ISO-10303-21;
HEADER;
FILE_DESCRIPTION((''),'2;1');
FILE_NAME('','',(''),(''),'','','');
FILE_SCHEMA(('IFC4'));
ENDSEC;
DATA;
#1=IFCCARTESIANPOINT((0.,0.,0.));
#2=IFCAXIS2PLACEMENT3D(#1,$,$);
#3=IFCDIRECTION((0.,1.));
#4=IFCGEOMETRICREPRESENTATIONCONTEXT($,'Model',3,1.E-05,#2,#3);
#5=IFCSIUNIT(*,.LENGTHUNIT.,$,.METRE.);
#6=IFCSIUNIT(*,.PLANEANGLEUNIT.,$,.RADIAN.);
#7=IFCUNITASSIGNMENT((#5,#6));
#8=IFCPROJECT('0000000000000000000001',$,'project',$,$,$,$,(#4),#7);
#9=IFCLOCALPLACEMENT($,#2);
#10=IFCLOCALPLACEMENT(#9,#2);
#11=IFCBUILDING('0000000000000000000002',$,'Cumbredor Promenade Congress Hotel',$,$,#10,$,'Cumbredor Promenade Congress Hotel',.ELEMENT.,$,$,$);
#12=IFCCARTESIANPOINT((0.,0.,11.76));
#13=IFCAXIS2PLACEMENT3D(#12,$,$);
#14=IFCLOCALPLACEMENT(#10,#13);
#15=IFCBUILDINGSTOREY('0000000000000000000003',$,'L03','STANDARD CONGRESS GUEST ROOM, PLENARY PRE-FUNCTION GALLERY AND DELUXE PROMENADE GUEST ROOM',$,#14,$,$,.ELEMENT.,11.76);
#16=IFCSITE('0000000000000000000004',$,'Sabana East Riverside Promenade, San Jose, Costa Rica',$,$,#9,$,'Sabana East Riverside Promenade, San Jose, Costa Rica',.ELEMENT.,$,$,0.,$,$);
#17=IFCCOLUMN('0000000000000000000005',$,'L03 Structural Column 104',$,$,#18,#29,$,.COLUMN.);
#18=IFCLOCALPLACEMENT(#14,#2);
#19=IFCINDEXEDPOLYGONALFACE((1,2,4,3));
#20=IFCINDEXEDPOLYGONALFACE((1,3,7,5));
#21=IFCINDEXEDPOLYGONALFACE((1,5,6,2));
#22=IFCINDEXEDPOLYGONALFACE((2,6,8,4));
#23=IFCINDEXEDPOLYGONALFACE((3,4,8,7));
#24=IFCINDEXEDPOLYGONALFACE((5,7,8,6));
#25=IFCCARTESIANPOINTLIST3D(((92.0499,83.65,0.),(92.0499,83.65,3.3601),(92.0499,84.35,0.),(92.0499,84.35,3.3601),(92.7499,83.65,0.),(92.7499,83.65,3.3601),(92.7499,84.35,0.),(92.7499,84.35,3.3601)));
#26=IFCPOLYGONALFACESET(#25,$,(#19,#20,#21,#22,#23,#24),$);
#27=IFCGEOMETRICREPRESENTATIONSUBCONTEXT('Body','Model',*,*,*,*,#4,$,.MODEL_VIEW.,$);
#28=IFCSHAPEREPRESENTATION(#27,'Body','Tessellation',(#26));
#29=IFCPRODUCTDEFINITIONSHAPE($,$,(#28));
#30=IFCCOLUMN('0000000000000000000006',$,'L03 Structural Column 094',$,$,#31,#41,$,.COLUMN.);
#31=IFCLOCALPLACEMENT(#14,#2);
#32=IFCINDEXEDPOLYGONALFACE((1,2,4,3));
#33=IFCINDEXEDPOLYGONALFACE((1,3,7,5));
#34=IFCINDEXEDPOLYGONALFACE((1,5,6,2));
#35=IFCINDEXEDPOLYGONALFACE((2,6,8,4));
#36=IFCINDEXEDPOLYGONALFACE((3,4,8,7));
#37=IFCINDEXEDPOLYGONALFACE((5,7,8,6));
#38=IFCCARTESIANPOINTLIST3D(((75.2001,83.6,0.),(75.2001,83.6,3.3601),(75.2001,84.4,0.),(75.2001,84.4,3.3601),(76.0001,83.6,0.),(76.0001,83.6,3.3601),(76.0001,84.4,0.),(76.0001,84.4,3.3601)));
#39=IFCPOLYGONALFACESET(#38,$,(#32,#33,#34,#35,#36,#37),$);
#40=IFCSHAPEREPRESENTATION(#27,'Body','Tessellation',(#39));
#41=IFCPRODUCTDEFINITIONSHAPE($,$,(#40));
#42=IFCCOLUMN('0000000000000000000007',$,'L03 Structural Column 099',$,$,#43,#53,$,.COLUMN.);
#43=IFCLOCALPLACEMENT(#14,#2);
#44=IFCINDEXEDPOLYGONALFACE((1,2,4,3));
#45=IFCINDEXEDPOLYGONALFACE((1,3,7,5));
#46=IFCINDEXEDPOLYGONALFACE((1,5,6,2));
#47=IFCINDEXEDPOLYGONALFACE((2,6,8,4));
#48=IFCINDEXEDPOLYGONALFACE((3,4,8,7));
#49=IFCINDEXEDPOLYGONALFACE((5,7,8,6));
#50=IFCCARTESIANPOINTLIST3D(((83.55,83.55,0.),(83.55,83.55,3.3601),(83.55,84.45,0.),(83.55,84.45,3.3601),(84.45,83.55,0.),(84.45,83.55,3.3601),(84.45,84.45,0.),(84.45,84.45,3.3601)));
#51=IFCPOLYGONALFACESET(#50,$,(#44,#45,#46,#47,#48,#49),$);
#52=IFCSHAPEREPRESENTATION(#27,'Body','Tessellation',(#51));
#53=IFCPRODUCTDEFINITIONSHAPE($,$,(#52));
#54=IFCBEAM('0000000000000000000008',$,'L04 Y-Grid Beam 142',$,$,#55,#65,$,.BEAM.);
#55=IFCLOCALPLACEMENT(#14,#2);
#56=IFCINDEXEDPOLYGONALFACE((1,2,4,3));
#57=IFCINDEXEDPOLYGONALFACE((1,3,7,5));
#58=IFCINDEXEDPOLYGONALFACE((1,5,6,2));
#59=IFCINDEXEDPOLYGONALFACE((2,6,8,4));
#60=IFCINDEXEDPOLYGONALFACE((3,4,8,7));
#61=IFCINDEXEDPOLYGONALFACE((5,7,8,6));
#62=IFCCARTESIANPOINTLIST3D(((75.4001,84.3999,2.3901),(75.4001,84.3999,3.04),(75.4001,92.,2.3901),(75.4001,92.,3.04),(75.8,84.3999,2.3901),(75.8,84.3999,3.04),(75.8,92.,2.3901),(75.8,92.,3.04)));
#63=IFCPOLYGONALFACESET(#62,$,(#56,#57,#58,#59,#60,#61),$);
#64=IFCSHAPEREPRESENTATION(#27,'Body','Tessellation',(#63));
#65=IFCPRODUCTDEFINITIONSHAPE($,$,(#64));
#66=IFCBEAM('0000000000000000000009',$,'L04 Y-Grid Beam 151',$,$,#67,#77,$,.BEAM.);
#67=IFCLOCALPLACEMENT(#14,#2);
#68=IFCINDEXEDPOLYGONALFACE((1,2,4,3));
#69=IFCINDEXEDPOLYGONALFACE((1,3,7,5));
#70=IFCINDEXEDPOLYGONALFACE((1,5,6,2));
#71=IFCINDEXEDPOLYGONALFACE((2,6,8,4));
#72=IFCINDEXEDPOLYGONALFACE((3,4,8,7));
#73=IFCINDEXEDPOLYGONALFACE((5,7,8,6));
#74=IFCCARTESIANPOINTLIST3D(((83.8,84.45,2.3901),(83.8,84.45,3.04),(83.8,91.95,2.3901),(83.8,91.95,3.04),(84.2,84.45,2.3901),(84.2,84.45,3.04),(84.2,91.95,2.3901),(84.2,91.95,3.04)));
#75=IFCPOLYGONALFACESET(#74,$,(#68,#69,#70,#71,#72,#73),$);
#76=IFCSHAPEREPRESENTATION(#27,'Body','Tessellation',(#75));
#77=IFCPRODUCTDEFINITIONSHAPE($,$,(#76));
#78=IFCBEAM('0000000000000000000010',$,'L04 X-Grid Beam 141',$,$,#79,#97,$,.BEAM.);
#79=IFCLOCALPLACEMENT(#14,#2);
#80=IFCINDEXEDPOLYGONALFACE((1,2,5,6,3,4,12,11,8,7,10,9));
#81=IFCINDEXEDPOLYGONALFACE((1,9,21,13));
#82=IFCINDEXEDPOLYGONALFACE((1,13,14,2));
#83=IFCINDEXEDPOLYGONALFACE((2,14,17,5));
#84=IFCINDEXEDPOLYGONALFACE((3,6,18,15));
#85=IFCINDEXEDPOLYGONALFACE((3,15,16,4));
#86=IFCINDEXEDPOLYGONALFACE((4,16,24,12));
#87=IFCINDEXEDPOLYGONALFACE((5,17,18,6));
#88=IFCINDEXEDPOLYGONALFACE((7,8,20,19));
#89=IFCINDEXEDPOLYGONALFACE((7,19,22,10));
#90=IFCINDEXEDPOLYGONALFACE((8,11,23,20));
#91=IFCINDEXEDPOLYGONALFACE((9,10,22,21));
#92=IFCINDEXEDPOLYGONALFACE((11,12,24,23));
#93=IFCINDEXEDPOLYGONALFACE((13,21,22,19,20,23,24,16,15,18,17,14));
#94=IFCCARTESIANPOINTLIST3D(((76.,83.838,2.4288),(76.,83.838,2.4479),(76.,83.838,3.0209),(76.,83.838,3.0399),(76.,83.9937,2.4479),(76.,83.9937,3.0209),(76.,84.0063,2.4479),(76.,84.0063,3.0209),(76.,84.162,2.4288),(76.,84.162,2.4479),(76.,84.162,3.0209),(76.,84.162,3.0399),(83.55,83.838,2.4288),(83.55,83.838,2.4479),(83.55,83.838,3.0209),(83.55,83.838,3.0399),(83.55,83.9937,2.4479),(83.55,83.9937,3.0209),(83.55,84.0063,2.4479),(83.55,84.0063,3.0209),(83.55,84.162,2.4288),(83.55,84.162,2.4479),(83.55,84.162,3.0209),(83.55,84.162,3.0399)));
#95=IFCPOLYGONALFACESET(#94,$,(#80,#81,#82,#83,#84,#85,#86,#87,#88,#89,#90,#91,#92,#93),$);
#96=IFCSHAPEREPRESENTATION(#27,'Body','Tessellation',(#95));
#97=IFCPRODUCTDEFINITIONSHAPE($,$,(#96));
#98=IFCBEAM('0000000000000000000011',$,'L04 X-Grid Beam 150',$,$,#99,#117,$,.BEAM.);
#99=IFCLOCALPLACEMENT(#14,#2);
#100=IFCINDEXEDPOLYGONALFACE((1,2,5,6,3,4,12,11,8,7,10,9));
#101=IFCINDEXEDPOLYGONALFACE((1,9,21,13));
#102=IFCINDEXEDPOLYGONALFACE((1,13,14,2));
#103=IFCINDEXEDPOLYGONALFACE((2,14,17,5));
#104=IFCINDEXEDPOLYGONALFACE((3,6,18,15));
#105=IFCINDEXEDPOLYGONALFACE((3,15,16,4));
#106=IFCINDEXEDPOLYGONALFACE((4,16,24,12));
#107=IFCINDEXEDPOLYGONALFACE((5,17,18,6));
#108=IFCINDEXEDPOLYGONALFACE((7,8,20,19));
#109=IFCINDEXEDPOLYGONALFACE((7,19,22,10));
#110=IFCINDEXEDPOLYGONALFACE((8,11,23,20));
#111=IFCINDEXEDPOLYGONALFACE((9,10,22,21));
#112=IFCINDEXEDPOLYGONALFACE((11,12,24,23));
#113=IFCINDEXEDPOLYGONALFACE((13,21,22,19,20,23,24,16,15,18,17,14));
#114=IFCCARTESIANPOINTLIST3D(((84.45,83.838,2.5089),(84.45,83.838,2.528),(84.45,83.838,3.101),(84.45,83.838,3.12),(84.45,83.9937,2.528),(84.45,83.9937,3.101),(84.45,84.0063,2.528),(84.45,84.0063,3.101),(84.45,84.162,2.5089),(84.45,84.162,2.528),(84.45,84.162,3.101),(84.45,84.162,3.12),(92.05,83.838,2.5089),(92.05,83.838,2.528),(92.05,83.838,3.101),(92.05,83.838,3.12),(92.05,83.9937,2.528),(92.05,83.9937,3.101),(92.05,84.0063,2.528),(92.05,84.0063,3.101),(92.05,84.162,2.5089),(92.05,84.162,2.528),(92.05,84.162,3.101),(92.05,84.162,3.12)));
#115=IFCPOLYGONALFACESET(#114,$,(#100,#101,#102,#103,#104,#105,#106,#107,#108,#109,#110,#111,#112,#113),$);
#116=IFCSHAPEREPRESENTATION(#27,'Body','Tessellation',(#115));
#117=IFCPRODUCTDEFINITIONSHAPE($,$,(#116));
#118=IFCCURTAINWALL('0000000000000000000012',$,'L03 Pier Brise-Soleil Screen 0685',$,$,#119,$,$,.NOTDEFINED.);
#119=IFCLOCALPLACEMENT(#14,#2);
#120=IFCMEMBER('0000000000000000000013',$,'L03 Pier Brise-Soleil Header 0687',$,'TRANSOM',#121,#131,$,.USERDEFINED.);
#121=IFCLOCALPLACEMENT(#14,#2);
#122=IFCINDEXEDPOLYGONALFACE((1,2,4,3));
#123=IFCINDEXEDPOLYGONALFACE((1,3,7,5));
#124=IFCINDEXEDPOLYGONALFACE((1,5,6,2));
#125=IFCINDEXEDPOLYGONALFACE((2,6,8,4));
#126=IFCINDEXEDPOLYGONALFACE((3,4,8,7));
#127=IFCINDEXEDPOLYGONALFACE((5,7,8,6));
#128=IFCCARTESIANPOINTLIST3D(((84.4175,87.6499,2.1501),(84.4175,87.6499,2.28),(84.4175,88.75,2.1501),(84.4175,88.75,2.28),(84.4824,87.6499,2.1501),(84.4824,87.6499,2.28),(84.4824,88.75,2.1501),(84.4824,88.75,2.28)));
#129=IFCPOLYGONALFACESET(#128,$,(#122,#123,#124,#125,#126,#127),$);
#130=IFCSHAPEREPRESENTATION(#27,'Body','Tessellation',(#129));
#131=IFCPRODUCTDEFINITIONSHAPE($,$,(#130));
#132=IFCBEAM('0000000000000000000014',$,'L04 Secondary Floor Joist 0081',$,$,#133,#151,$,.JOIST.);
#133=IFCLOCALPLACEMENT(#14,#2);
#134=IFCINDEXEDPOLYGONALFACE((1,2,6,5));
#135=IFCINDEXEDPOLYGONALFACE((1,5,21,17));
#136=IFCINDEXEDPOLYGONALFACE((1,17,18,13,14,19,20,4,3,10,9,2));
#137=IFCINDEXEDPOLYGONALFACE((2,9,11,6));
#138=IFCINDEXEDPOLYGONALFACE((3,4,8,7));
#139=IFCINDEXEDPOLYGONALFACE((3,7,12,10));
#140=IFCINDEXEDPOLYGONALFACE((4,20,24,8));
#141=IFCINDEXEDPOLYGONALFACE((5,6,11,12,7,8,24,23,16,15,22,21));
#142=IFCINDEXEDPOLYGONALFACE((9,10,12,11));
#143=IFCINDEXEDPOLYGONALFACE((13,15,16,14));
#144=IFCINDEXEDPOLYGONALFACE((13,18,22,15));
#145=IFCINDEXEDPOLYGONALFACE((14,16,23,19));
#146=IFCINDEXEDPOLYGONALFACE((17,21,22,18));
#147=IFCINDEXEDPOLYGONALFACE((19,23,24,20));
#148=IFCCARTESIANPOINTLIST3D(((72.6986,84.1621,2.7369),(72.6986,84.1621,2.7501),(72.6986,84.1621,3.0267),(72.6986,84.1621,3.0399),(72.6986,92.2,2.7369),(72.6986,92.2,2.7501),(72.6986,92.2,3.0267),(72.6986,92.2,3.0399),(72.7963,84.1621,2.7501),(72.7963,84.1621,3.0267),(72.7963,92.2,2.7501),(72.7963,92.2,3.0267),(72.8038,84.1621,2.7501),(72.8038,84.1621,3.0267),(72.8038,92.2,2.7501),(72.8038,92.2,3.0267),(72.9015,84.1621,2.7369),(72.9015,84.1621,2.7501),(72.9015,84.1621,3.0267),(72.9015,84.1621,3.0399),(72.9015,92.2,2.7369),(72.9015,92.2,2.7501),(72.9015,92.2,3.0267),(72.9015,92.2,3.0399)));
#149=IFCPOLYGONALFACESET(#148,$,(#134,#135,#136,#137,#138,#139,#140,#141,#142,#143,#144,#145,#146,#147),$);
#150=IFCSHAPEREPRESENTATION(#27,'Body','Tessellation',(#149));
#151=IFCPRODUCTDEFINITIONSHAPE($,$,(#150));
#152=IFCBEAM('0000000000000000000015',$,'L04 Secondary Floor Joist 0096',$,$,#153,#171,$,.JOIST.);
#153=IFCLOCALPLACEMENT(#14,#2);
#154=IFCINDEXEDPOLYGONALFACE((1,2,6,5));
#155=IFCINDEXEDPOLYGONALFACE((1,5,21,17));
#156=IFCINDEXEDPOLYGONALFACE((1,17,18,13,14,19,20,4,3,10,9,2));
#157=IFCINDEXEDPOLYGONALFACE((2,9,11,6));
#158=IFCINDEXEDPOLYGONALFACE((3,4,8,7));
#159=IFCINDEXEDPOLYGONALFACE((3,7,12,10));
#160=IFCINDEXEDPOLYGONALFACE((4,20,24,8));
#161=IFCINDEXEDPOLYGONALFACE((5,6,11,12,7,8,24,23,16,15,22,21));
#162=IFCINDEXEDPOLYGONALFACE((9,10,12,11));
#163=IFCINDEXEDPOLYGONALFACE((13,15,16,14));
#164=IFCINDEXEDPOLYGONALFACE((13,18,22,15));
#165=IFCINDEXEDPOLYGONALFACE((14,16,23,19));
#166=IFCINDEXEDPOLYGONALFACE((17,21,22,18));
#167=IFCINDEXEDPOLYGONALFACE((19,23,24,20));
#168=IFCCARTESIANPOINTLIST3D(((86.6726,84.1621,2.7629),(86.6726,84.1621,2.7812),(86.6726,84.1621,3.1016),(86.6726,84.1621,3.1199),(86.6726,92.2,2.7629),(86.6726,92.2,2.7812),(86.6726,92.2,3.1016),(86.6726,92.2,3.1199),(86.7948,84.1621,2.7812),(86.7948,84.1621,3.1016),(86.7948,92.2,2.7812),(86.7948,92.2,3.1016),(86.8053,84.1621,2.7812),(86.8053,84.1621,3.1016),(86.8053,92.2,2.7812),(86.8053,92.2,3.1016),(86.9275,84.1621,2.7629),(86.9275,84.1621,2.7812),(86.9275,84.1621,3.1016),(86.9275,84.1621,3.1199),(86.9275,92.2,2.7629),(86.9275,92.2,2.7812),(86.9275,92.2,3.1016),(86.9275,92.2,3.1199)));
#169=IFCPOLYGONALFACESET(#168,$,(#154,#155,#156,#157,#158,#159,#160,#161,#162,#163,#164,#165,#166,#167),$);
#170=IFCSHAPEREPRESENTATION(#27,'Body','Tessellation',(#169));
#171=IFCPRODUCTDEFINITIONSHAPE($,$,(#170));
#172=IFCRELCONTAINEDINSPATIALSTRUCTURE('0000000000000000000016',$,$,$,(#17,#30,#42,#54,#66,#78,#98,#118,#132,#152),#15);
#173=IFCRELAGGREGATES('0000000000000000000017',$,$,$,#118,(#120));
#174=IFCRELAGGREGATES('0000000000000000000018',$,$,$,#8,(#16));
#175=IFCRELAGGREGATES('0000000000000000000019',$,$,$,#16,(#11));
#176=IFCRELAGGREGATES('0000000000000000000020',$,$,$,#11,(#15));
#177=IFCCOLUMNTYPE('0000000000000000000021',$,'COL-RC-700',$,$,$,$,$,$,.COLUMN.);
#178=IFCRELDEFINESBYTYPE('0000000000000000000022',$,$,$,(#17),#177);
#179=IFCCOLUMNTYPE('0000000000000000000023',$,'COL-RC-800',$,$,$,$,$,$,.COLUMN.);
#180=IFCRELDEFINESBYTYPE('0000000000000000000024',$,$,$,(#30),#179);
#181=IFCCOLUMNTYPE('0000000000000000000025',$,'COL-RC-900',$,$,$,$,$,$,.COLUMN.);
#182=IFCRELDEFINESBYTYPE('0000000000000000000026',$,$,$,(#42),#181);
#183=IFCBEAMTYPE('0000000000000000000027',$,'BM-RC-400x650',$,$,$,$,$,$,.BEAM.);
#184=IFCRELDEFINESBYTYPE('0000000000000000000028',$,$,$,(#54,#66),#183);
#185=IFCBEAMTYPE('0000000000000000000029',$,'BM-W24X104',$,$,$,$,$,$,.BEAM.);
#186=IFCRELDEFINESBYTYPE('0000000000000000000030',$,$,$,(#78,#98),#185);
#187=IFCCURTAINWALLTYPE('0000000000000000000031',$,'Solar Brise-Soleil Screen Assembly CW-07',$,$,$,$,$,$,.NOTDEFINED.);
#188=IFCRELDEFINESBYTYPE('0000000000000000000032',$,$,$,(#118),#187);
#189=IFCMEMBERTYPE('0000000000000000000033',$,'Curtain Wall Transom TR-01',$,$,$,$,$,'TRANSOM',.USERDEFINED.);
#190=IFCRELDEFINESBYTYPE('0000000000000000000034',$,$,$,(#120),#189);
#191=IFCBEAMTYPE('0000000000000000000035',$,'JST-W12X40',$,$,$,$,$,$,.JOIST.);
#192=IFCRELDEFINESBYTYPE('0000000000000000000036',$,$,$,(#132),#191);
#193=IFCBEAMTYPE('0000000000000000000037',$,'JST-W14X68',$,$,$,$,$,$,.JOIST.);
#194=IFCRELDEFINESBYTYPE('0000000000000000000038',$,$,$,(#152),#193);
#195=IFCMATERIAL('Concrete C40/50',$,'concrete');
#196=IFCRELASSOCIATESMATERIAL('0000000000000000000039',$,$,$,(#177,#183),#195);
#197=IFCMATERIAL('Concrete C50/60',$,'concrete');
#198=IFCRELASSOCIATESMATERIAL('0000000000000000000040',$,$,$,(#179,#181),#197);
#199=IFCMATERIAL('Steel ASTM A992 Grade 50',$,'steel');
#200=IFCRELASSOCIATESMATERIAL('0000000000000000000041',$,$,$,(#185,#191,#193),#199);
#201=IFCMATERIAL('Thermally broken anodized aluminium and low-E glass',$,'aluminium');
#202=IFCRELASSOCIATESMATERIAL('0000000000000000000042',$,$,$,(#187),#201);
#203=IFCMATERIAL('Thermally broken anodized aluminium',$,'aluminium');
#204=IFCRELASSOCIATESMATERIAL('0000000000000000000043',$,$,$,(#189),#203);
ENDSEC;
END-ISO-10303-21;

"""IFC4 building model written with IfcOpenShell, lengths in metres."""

from ifc_helpers import new_model, si_unit, direction, frame, origin, origin_2d, place, context, subcontext, project, spatial, rectangle, i_section, extrude, material, material_profile, profile_set, type_object, element, aggregate, save


model = new_model("IFC4")

# Units and contexts
model_context = context("Model", 3, precision=1e-05, world=origin(), true_north=direction((0.0, 1.0)))
body_context = subcontext(model_context, "Body", "Model", "MODEL_VIEW")
ifc_project = project(units=[si_unit("LENGTHUNIT", "METRE"), si_unit("PLANEANGLEUNIT", "RADIAN")], contexts=[model_context])

# Site, building, storey
site_placement = place(None, origin())
site = spatial("IfcSite", under=ifc_project, at=site_placement, Name="Sabana East Riverside Promenade, San Jose, Costa Rica", LongName="Sabana East Riverside Promenade, San Jose, Costa Rica", CompositionType="ELEMENT", RefElevation=0.0)
building_placement = place(site_placement, origin())
building = spatial("IfcBuilding", under=site, at=building_placement, Name="Cumbredor Promenade Congress Hotel", LongName="Cumbredor Promenade Congress Hotel", CompositionType="ELEMENT")
storey_placement = place(building_placement, frame((0.0, 0.0, 11.76)))
storey = spatial("IfcBuildingStorey", under=building, at=storey_placement, Name="L03", Description="STANDARD CONGRESS GUEST ROOM, PLENARY PRE-FUNCTION GALLERY AND DELUXE PROMENADE GUEST ROOM", CompositionType="ELEMENT", Elevation=11.76)

# Columns
ifc_material_1 = material(Name="Concrete C40/50", Category="concrete")
ifc_material_profile_1 = material_profile(ifc_material_1, rectangle(XDim=0.7, YDim=0.7, at=origin_2d()), Name="RC 700x700")
ifc_profile_set_1 = profile_set([ifc_material_profile_1], Name="Concrete C40/50")
column_type_1 = type_object("IfcColumnType", Name="COL-RC-700", PredefinedType="COLUMN", material=ifc_profile_set_1)
column_1_placement = place(storey_placement, frame((92.3999, 84.0, 0.0), z_axis=(0.0, 0.0, 1.0), x_axis=(1.0, 0.0, 0.0)))
element("IfcColumn", 1, at=column_1_placement, inside=storey, type_object=column_type_1, Name="L03 Structural Column 104", PredefinedType="COLUMN", context=body_context, shape_type="SweptSolid", body=[
    extrude(rectangle(XDim=0.7, YDim=0.7, at=origin_2d()), origin(), (0.0, 0.0, 1.0), 3.3601),
])
ifc_material_2 = material(Name="Concrete C50/60", Category="concrete")
ifc_material_profile_2 = material_profile(ifc_material_2, rectangle(XDim=0.8, YDim=0.8, at=origin_2d()), Name="RC 800x800")
ifc_profile_set_2 = profile_set([ifc_material_profile_2], Name="Concrete C50/60")
column_type_2 = type_object("IfcColumnType", Name="COL-RC-800", PredefinedType="COLUMN", material=ifc_profile_set_2)
column_2_placement = place(storey_placement, frame((75.6001, 84.0, 0.0), z_axis=(0.0, 0.0, 1.0), x_axis=(1.0, 0.0, 0.0)))
element("IfcColumn", 2, at=column_2_placement, inside=storey, type_object=column_type_2, Name="L03 Structural Column 094", PredefinedType="COLUMN", context=body_context, shape_type="SweptSolid", body=[
    extrude(rectangle(XDim=0.8, YDim=0.8, at=origin_2d()), origin(), (0.0, 0.0, 1.0), 3.3601),
])
ifc_material_profile_3 = material_profile(ifc_material_2, rectangle(XDim=0.8999, YDim=0.8999, at=origin_2d()), Name="RC 900x900")
ifc_profile_set_3 = profile_set([ifc_material_profile_3], Name="Concrete C50/60")
column_type_3 = type_object("IfcColumnType", Name="COL-RC-900", PredefinedType="COLUMN", material=ifc_profile_set_3)
column_3_placement = place(storey_placement, frame((84.0, 84.0, 0.0), z_axis=(0.0, 0.0, 1.0), x_axis=(1.0, 0.0, 0.0)))
element("IfcColumn", 3, at=column_3_placement, inside=storey, type_object=column_type_3, Name="L03 Structural Column 099", PredefinedType="COLUMN", context=body_context, shape_type="SweptSolid", body=[
    extrude(rectangle(XDim=0.8999, YDim=0.8999, at=origin_2d()), origin(), (0.0, 0.0, 1.0), 3.3601),
])

# Beams
ifc_material_profile_4 = material_profile(ifc_material_1, rectangle(XDim=0.3999, YDim=0.6499, at=origin_2d()), Name="RC BEAM 400x650")
ifc_profile_set_4 = profile_set([ifc_material_profile_4], Name="Concrete C40/50")
beam_type_1 = type_object("IfcBeamType", Name="BM-RC-400x650", PredefinedType="BEAM", material=ifc_profile_set_4)
beam_1_placement = place(storey_placement, frame((75.6001, 84.3999, 2.7151), z_axis=(0.0, 1.0, 0.0), x_axis=(-1.0, 0.0, 0.0)))
element("IfcBeam", 4, at=beam_1_placement, inside=storey, type_object=beam_type_1, Name="L04 Y-Grid Beam 142", PredefinedType="BEAM", context=body_context, shape_type="SweptSolid", body=[
    extrude(rectangle(XDim=0.3999, YDim=0.6499, at=origin_2d()), origin(), (0.0, 0.0, 1.0), 7.6001),
])
beam_2_placement = place(storey_placement, frame((84.0, 84.45, 2.7151), z_axis=(0.0, 1.0, 0.0), x_axis=(-1.0, 0.0, 0.0)))
element("IfcBeam", 5, at=beam_2_placement, inside=storey, type_object=beam_type_1, Name="L04 Y-Grid Beam 151", PredefinedType="BEAM", context=body_context, shape_type="SweptSolid", body=[
    extrude(rectangle(XDim=0.3999, YDim=0.6499, at=origin_2d()), origin(), (0.0, 0.0, 1.0), 7.5),
])
ifc_material_3 = material(Name="Steel ASTM A992 Grade 50", Category="steel")
ifc_material_profile_5 = material_profile(ifc_material_3, i_section(OverallWidth=0.324, OverallDepth=0.6111, WebThickness=0.0127, FlangeThickness=0.019, at=origin_2d()), Name="W24X104")
ifc_profile_set_5 = profile_set([ifc_material_profile_5], Name="Steel ASTM A992 Grade 50")
beam_type_2 = type_object("IfcBeamType", Name="BM-W24X104", PredefinedType="BEAM", material=ifc_profile_set_5)
beam_3_placement = place(storey_placement, frame((76.0, 84.0, 2.7344), z_axis=(1.0, 0.0, 0.0), x_axis=(0.0, 1.0, 0.0)))
element("IfcBeam", 6, at=beam_3_placement, inside=storey, type_object=beam_type_2, Name="L04 X-Grid Beam 141", PredefinedType="BEAM", context=body_context, shape_type="SweptSolid", body=[
    extrude(i_section(OverallWidth=0.324, OverallDepth=0.6111, WebThickness=0.0127, FlangeThickness=0.019, at=origin_2d()), origin(), (0.0, 0.0, 1.0), 7.55),
])
beam_4_placement = place(storey_placement, frame((84.45, 84.0, 2.8145), z_axis=(1.0, 0.0, 0.0), x_axis=(0.0, 1.0, 0.0)))
element("IfcBeam", 7, at=beam_4_placement, inside=storey, type_object=beam_type_2, Name="L04 X-Grid Beam 150", PredefinedType="BEAM", context=body_context, shape_type="SweptSolid", body=[
    extrude(i_section(OverallWidth=0.324, OverallDepth=0.6111, WebThickness=0.0127, FlangeThickness=0.019, at=origin_2d()), origin(), (0.0, 0.0, 1.0), 7.6001),
])

# Curtain wall, member
ifc_material_4 = material(Name="Thermally broken anodized aluminium and low-E glass", Category="aluminium")
curtain_wall_type = type_object("IfcCurtainWallType", Name="Solar Brise-Soleil Screen Assembly CW-07", PredefinedType="NOTDEFINED", material=ifc_material_4)
curtain_wall_placement = place(storey_placement, origin())
curtain_wall = element("IfcCurtainWall", 8, at=curtain_wall_placement, inside=storey, type_object=curtain_wall_type, Name="L03 Pier Brise-Soleil Screen 0685", PredefinedType="NOTDEFINED")
ifc_material_5 = material(Name="Thermally broken anodized aluminium", Category="aluminium")
ifc_material_profile_6 = material_profile(ifc_material_5, rectangle(XDim=0.0649, YDim=0.1299, at=origin_2d()), Name="ALU TRANSOM 65x130")
ifc_profile_set_6 = profile_set([ifc_material_profile_6], Name="Thermally broken anodized aluminium")
member_type = type_object("IfcMemberType", Name="Curtain Wall Transom TR-01", ElementType="TRANSOM", PredefinedType="USERDEFINED", material=ifc_profile_set_6)
member_placement = place(storey_placement, frame((84.45, 87.6499, 2.2151), z_axis=(0.0, 1.0, 0.0), x_axis=(-1.0, 0.0, 0.0)))
member = element("IfcMember", 9, at=member_placement, type_object=member_type, Name="L03 Pier Brise-Soleil Header 0687", ObjectType="TRANSOM", PredefinedType="USERDEFINED", context=body_context, shape_type="SweptSolid", body=[
    extrude(rectangle(XDim=0.0649, YDim=0.1299, at=origin_2d()), origin(), (0.0, 0.0, 1.0), 1.1001),
])
aggregate(curtain_wall, [member])

# Beams
ifc_material_profile_7 = material_profile(ifc_material_3, i_section(OverallWidth=0.2029, OverallDepth=0.303, WebThickness=0.0076, FlangeThickness=0.0132, at=origin_2d()), Name="W12X40")
ifc_profile_set_7 = profile_set([ifc_material_profile_7], Name="Steel ASTM A992 Grade 50")
beam_type_3 = type_object("IfcBeamType", Name="JST-W12X40", PredefinedType="JOIST", material=ifc_profile_set_7)
beam_5_placement = place(storey_placement, frame((72.8, 84.1621, 2.8884), z_axis=(0.0, 1.0, 0.0), x_axis=(-1.0, 0.0, 0.0)))
element("IfcBeam", 10, at=beam_5_placement, inside=storey, type_object=beam_type_3, Name="L04 Secondary Floor Joist 0081", PredefinedType="JOIST", context=body_context, shape_type="SweptSolid", body=[
    extrude(i_section(OverallWidth=0.2029, OverallDepth=0.303, WebThickness=0.0076, FlangeThickness=0.0132, at=origin_2d()), origin(), (0.0, 0.0, 1.0), 8.0378),
])
ifc_material_profile_8 = material_profile(ifc_material_3, i_section(OverallWidth=0.2549, OverallDepth=0.3569, WebThickness=0.0105, FlangeThickness=0.0183, at=origin_2d()), Name="W14X68")
ifc_profile_set_8 = profile_set([ifc_material_profile_8], Name="Steel ASTM A992 Grade 50")
beam_type_4 = type_object("IfcBeamType", Name="JST-W14X68", PredefinedType="JOIST", material=ifc_profile_set_8)
for number, where, z_axis, x_axis, name in (
    (11, (86.8, 84.1621, 2.9414), (0.0, 1.0, 0.0), (-1.0, 0.0, 0.0), "L04 Secondary Floor Joist 0096"),
):
    element("IfcBeam", number, at=place(storey_placement, frame(where, z_axis=z_axis, x_axis=x_axis)), inside=storey, type_object=beam_type_4, Name=name, PredefinedType="JOIST", context=body_context, shape_type="SweptSolid", body=[
        extrude(i_section(OverallWidth=0.2549, OverallDepth=0.3569, WebThickness=0.0105, FlangeThickness=0.0183, at=origin_2d()), origin(), (0.0, 0.0, 1.0), 8.0378),
    ])

save(model, "model.ifc")
